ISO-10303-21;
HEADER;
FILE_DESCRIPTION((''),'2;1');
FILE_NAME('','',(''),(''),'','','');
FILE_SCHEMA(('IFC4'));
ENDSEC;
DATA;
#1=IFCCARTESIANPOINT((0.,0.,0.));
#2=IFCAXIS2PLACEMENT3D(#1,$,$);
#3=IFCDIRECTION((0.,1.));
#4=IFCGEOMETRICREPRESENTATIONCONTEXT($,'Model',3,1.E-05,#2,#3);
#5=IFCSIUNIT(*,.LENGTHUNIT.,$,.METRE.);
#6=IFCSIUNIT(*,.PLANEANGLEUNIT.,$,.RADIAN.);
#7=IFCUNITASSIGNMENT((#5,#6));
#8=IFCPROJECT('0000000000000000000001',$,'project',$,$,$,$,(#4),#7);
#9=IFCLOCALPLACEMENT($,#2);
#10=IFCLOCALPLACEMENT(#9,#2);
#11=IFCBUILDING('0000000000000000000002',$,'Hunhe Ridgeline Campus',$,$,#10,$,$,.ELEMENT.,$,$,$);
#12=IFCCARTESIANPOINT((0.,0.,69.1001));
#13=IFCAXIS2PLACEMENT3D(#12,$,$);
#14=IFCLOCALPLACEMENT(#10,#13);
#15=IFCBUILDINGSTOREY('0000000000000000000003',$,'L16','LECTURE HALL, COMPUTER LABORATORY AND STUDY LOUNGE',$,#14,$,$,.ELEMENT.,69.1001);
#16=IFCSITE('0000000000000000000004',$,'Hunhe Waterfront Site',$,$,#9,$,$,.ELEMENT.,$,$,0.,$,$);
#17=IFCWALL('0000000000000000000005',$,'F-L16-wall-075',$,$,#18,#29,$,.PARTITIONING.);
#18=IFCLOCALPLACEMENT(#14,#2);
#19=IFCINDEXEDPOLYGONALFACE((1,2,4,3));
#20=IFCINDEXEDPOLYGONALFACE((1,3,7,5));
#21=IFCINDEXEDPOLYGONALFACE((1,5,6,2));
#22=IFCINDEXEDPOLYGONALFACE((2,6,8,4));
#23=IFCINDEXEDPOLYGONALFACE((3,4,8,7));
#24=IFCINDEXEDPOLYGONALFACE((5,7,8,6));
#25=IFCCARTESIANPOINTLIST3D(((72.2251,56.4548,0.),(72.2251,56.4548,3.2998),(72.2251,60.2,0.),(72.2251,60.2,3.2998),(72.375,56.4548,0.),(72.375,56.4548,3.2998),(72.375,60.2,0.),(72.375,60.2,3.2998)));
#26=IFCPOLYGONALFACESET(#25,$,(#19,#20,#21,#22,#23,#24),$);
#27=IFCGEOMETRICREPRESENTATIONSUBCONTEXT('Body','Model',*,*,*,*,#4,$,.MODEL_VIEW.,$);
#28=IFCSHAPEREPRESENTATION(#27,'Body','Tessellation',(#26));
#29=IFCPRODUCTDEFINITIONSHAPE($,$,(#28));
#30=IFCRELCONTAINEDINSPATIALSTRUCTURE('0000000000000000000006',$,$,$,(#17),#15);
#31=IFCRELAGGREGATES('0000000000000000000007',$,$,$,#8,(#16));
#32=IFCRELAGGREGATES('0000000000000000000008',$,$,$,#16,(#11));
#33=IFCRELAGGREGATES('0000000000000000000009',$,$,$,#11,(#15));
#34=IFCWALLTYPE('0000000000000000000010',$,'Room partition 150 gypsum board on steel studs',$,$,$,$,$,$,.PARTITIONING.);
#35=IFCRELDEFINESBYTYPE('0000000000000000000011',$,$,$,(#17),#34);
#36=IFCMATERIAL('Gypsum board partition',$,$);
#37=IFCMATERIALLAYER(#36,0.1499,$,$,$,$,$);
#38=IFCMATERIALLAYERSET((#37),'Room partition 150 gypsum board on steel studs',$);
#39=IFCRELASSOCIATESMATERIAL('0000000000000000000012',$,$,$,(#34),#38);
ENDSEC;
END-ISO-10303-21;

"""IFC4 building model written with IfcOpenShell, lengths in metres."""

from ifc_helpers import new_model, si_unit, direction, frame, frame_2d, origin, place, context, subcontext, project, spatial, rectangle, extrude, material, layer, layer_set, type_object, element, save


model = new_model("IFC4")

# Units and contexts
model_context = context("Model", 3, precision=1e-05, world=origin(), true_north=direction((0.0, 1.0)))
body_context = subcontext(model_context, "Body", "Model", "MODEL_VIEW")
ifc_project = project(units=[si_unit("LENGTHUNIT", "METRE"), si_unit("PLANEANGLEUNIT", "RADIAN")], contexts=[model_context])

# Site, building, storey
site_placement = place(None, origin())
site = spatial("IfcSite", under=ifc_project, at=site_placement, Name="Hunhe Waterfront Site", CompositionType="ELEMENT", RefElevation=0.0)
building_placement = place(site_placement, origin())
building = spatial("IfcBuilding", under=site, at=building_placement, Name="Hunhe Ridgeline Campus", CompositionType="ELEMENT")
storey_placement = place(building_placement, frame((0.0, 0.0, 69.1001)))
storey = spatial("IfcBuildingStorey", under=building, at=storey_placement, Name="L16", Description="LECTURE HALL, COMPUTER LABORATORY AND STUDY LOUNGE", CompositionType="ELEMENT", Elevation=69.1001)

# Shared definitions
ifc_material_1 = material(Name="Gypsum board partition")

# Wall
ifc_layer_1 = layer(ifc_material_1, 0.1499)
ifc_layer_set_1 = layer_set([ifc_layer_1], Name="Room partition 150 gypsum board on steel studs")
wall_type_1 = type_object("IfcWallType", Name="Room partition 150 gypsum board on steel studs", PredefinedType="PARTITIONING", material=ifc_layer_set_1)
for number, where, z_axis, x_axis, name in (
    (1, (72.3, 60.2, 0.0), (0.0, 0.0, 1.0), (0.0, -1.0, 0.0), "F-L16-wall-075"),
):
    element("IfcWall", number, at=place(storey_placement, frame(where, z_axis=z_axis, x_axis=x_axis)), inside=storey, type_object=wall_type_1, Name=name, PredefinedType="PARTITIONING", context=body_context, shape_type="SweptSolid", body=[
        extrude(rectangle(XDim=3.7451, YDim=0.1499, at=frame_2d((1.8726, 0.0))), origin(), (0.0, 0.0, 1.0), 3.2998),
    ])

save(model, "model.ifc")
